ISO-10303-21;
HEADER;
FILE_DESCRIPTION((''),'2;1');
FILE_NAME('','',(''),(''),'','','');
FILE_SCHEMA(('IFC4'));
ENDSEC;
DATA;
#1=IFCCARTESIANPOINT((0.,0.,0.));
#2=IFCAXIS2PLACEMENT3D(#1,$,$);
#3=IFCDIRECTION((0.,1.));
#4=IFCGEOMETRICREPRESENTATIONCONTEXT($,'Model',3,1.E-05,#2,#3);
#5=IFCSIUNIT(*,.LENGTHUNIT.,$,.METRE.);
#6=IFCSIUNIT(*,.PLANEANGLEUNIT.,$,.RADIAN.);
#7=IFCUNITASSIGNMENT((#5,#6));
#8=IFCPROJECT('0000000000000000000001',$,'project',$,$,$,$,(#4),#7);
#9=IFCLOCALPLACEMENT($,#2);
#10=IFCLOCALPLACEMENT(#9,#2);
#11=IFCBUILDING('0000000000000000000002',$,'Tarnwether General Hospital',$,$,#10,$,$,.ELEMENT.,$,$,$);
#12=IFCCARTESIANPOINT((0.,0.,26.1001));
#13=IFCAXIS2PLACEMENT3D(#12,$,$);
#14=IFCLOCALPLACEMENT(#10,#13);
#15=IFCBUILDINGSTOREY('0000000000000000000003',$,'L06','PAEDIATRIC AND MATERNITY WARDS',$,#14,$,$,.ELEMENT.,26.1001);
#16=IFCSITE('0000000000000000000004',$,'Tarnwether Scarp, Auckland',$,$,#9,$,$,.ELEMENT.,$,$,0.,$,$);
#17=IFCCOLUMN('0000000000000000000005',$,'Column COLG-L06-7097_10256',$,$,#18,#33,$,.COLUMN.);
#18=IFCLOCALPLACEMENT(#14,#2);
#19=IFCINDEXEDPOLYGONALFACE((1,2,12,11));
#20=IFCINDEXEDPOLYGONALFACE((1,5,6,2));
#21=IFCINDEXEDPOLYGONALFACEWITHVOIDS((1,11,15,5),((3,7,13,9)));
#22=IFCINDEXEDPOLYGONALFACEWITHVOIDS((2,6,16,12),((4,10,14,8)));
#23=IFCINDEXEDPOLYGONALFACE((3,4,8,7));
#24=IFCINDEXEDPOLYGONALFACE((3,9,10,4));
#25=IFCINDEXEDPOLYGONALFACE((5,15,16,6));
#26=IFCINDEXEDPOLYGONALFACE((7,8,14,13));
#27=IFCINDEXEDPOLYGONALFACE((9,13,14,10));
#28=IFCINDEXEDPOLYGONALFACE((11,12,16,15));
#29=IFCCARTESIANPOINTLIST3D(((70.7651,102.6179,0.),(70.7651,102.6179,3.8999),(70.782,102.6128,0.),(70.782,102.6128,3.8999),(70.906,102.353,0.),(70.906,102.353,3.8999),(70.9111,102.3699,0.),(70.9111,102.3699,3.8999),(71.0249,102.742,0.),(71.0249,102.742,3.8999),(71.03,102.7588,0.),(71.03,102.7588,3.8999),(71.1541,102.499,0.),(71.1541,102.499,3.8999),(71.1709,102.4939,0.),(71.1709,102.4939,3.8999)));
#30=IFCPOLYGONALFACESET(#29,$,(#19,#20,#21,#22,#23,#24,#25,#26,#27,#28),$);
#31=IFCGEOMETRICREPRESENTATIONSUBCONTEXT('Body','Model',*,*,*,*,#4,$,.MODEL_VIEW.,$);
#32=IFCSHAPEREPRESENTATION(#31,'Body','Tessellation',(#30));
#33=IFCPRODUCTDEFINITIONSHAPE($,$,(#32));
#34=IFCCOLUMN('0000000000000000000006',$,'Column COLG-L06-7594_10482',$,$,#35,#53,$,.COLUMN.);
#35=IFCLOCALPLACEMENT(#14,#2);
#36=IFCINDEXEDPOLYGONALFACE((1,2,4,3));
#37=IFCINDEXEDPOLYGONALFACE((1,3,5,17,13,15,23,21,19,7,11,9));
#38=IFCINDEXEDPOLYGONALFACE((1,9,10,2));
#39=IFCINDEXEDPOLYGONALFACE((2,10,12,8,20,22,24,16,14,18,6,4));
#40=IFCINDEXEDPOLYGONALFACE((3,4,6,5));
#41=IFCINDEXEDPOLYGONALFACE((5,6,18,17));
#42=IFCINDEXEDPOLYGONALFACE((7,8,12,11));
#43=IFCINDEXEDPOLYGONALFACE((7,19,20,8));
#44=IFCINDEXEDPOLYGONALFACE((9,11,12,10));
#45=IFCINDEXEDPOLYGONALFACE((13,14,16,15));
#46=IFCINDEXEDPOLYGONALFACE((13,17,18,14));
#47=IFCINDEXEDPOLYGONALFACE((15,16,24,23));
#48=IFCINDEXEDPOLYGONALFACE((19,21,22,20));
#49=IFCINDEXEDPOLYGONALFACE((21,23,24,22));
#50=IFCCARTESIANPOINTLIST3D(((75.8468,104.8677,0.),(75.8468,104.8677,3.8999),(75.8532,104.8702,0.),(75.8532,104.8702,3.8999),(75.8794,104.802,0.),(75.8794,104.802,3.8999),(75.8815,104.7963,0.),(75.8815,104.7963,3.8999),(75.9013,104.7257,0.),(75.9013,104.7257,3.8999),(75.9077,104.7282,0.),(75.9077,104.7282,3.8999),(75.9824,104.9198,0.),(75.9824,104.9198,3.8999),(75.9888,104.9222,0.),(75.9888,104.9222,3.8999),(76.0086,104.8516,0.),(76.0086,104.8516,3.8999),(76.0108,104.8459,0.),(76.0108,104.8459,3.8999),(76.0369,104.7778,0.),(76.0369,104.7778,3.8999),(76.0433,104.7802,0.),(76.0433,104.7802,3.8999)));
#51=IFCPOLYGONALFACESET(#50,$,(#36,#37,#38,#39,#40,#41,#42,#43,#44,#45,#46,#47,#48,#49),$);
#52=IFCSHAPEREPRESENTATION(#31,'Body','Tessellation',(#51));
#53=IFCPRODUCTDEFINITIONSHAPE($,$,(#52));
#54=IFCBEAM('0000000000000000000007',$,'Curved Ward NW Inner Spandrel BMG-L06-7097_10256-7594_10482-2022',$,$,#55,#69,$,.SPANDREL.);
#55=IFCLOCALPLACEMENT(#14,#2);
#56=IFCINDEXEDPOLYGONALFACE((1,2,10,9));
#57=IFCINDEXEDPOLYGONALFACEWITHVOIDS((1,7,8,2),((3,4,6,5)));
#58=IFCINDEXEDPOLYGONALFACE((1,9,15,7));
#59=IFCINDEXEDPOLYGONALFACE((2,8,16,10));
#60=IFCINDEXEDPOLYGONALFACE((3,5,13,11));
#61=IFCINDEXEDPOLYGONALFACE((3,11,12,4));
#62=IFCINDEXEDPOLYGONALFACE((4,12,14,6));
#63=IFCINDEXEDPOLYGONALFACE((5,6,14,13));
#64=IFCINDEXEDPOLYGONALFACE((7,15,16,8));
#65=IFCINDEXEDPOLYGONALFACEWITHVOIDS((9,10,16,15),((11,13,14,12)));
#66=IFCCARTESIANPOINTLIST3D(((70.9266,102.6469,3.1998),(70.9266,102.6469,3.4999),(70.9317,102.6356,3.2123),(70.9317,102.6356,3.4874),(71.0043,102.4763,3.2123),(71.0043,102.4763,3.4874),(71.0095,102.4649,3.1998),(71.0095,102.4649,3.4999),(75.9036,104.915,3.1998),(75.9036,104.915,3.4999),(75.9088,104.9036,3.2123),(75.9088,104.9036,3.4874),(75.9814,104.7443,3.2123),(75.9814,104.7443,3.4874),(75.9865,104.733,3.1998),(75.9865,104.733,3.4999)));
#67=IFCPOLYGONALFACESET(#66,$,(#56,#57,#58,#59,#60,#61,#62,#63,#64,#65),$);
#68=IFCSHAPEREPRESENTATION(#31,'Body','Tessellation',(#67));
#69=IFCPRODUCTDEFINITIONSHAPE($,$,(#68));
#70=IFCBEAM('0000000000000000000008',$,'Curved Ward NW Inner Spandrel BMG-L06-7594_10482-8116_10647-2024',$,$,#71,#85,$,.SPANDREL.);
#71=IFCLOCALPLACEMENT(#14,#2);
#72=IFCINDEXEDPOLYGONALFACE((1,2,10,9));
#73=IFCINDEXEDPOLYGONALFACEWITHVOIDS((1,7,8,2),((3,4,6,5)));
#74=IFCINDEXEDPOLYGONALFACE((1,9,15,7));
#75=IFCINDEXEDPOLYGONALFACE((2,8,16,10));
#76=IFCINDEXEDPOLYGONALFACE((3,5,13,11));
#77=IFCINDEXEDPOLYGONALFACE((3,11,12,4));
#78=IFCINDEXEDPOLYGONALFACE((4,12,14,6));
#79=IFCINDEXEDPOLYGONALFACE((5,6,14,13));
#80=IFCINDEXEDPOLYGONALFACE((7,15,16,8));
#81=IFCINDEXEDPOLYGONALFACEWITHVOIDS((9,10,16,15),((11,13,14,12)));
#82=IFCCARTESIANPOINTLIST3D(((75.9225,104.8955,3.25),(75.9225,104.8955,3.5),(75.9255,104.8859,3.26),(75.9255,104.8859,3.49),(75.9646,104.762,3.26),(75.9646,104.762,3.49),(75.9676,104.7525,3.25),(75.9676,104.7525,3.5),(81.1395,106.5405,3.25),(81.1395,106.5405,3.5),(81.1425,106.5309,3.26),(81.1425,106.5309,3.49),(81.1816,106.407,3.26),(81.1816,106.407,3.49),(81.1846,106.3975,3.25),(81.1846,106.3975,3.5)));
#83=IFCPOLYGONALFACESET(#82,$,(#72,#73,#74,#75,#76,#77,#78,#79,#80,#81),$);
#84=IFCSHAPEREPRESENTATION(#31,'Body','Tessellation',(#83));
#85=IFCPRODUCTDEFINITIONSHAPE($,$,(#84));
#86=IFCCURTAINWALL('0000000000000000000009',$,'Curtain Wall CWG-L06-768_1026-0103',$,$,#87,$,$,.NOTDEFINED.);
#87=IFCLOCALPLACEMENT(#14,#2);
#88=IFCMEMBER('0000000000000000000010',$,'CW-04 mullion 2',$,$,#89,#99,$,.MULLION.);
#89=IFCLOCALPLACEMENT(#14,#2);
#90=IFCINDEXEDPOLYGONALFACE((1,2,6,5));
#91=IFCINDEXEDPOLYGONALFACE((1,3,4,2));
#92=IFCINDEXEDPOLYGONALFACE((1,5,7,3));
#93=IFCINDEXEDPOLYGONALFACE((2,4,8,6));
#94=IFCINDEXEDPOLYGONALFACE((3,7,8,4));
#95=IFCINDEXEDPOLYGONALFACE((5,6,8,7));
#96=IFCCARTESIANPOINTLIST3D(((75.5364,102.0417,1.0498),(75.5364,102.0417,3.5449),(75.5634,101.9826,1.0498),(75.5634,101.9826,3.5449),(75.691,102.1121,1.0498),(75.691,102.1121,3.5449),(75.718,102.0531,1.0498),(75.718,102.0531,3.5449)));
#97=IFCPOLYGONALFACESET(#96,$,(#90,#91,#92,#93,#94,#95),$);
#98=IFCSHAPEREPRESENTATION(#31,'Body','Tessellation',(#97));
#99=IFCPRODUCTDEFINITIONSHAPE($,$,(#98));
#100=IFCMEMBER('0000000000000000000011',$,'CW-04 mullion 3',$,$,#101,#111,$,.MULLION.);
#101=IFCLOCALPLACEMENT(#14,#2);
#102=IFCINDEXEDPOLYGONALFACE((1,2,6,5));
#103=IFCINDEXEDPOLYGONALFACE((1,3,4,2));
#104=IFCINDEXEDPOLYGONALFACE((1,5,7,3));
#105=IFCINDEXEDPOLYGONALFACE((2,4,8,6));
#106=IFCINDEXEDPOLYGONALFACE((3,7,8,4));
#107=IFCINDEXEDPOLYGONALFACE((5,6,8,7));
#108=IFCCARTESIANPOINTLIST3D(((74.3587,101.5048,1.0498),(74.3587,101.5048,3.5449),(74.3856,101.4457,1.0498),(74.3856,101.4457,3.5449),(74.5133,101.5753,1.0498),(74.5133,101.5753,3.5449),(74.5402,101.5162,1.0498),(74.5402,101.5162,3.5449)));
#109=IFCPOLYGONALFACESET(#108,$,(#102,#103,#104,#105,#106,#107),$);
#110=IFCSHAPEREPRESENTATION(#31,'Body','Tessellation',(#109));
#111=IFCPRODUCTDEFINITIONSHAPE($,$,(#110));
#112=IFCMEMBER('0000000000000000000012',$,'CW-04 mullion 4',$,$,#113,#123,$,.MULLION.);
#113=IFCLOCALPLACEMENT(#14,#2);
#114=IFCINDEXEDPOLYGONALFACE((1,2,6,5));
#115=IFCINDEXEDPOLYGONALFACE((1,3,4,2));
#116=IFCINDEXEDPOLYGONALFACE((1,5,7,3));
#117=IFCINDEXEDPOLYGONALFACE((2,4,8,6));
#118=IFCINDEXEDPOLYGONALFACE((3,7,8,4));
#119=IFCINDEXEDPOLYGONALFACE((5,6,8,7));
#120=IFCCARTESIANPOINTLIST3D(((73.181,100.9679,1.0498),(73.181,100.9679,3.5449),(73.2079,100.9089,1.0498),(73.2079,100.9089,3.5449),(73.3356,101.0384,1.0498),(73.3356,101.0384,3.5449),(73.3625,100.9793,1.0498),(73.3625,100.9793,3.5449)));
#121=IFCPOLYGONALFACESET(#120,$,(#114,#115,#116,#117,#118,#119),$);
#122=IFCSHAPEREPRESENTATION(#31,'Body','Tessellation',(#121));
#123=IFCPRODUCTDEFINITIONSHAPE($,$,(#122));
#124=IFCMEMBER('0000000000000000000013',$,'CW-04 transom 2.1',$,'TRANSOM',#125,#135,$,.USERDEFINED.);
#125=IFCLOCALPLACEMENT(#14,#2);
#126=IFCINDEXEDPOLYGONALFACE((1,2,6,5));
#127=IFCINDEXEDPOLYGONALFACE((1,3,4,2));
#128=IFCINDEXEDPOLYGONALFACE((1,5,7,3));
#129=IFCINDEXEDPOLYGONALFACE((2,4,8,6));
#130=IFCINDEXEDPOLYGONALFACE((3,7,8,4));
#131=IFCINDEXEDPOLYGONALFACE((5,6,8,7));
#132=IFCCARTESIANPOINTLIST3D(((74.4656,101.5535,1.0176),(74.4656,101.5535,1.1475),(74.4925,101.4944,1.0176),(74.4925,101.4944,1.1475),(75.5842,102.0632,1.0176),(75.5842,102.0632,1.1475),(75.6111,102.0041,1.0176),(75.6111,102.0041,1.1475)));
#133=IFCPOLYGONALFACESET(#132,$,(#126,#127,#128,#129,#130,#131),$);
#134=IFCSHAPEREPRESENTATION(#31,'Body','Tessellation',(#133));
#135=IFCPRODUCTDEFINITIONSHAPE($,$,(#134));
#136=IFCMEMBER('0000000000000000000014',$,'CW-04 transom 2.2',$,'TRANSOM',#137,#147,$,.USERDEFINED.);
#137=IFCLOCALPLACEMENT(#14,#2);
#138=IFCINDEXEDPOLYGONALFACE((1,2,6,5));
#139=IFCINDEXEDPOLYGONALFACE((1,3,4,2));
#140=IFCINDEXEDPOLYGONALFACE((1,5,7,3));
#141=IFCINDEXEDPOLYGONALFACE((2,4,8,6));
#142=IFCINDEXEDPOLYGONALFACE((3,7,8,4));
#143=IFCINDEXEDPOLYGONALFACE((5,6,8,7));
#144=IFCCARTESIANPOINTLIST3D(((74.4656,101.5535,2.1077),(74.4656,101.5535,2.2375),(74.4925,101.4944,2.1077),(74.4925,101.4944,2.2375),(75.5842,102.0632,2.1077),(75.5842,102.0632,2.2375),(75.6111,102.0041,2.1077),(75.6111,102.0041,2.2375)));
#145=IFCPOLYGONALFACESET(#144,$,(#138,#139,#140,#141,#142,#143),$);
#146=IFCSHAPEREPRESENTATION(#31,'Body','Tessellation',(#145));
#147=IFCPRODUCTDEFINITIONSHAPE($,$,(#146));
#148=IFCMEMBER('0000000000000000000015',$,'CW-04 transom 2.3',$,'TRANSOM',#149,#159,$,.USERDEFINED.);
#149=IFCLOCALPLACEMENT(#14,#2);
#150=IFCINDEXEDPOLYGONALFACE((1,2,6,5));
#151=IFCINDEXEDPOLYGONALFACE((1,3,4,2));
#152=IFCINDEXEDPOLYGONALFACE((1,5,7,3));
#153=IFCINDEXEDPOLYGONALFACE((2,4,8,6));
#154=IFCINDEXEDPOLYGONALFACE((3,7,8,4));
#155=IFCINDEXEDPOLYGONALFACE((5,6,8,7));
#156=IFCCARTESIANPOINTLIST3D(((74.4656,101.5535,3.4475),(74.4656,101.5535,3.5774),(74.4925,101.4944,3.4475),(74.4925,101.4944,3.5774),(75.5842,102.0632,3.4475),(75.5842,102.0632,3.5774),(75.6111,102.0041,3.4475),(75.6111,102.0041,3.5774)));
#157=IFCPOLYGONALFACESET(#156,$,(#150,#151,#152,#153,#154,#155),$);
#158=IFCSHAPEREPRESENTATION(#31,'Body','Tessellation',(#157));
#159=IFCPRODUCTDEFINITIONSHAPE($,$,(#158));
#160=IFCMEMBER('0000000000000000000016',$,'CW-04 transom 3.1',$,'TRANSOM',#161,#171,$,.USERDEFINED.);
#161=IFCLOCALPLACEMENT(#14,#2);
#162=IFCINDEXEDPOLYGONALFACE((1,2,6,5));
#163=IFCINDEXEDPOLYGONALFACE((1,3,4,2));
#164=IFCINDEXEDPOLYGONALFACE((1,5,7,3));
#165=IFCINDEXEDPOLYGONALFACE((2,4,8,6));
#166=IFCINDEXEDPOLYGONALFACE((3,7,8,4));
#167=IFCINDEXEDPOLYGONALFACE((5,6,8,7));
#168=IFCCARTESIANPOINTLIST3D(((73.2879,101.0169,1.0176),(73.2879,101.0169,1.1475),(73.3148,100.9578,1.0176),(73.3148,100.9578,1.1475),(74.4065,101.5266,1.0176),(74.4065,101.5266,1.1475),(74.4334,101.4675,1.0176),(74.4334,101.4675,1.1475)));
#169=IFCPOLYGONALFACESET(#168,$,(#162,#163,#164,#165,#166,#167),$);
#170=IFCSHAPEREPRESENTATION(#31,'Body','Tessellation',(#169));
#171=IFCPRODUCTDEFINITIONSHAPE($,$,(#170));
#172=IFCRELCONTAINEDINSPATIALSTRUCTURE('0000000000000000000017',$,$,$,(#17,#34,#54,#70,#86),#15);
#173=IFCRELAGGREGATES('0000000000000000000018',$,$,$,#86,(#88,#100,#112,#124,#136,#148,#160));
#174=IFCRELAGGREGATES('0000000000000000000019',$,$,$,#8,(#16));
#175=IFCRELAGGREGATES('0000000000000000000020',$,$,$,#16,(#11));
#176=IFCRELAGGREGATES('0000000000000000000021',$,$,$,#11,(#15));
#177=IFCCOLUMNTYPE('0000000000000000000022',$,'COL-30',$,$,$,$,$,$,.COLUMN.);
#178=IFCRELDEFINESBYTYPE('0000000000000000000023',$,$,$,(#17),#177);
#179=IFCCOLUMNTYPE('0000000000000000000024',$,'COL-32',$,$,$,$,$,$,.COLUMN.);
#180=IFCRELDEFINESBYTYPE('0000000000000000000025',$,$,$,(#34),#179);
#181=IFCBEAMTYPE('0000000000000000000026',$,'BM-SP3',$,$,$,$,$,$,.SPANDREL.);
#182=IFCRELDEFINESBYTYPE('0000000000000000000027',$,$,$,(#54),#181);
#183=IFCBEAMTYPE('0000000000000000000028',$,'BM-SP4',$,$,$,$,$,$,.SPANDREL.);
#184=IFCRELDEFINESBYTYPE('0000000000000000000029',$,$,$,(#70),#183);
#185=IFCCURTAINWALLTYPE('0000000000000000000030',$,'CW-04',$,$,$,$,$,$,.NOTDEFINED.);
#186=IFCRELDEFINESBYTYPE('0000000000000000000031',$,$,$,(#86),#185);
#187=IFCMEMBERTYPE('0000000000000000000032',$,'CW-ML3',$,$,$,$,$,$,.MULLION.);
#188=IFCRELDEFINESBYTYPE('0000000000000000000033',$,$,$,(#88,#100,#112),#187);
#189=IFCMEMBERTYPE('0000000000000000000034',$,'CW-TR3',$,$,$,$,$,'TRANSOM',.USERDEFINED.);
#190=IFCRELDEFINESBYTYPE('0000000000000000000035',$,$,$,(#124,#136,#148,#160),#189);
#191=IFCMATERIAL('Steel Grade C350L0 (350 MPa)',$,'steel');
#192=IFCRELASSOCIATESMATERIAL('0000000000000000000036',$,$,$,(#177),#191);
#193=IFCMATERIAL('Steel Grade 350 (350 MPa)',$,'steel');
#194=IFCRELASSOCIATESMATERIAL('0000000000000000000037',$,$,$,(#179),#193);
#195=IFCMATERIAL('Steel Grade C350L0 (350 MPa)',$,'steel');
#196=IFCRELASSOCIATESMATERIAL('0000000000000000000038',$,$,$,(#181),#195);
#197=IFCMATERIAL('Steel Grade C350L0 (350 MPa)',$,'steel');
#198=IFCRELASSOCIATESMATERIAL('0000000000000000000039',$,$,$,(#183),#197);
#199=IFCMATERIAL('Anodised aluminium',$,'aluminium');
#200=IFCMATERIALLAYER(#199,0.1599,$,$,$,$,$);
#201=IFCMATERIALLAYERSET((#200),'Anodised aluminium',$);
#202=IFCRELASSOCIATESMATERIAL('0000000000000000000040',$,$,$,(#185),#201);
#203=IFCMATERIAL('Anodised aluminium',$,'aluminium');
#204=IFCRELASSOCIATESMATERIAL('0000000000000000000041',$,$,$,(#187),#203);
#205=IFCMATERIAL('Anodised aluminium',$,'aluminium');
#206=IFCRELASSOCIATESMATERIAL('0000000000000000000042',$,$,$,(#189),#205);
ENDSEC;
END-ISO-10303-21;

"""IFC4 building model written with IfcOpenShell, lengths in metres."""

from ifc_helpers import new_model, si_unit, direction, frame, origin, origin_2d, place, context, subcontext, project, spatial, rectangle, hollow_rectangle, i_section, extrude, material, layer, layer_set, material_profile, profile_set, type_object, element, aggregate, save


model = new_model("IFC4")

# Units and contexts
model_context = context("Model", 3, precision=1e-05, world=origin(), true_north=direction((0.0, 1.0)))
body_context = subcontext(model_context, "Body", "Model", "MODEL_VIEW")
ifc_project = project(units=[si_unit("LENGTHUNIT", "METRE"), si_unit("PLANEANGLEUNIT", "RADIAN")], contexts=[model_context])

# Site, building, storey
site_placement = place(None, origin())
site = spatial("IfcSite", under=ifc_project, at=site_placement, Name="Tarnwether Scarp, Auckland", CompositionType="ELEMENT", RefElevation=0.0)
building_placement = place(site_placement, origin())
building = spatial("IfcBuilding", under=site, at=building_placement, Name="Tarnwether General Hospital", CompositionType="ELEMENT")
storey_placement = place(building_placement, frame((0.0, 0.0, 26.1001)))
storey = spatial("IfcBuildingStorey", under=building, at=storey_placement, Name="L06", Description="PAEDIATRIC AND MATERNITY WARDS", CompositionType="ELEMENT", Elevation=26.1001)

# Columns
ifc_material_1 = material(Name="Steel Grade C350L0 (350 MPa)", Category="steel")
ifc_material_profile_1 = material_profile(ifc_material_1, hollow_rectangle(XDim=0.3, YDim=0.3, WallThickness=0.0125, at=origin_2d()), Name="SHS300x300x12.5")
ifc_profile_set_1 = profile_set([ifc_material_profile_1], Name="Steel Grade C350L0 (350 MPa)")
column_type_1 = type_object("IfcColumnType", Name="COL-30", PredefinedType="COLUMN", material=ifc_profile_set_1)
column_1_placement = place(storey_placement, frame((70.968, 102.5559, 0.0), z_axis=(0.0, 0.0, 1.0), x_axis=(-0.469472, 0.882948, 0.0)))
element("IfcColumn", 1, at=column_1_placement, inside=storey, type_object=column_type_1, Name="Column COLG-L06-7097_10256", PredefinedType="COLUMN", context=body_context, shape_type="SweptSolid", body=[
    extrude(hollow_rectangle(XDim=0.3, YDim=0.3, WallThickness=0.0125, at=origin_2d()), origin(), (0.0, 0.0, 1.0), 3.8999),
])
ifc_material_2 = material(Name="Steel Grade 350 (350 MPa)", Category="steel")
ifc_material_profile_2 = material_profile(ifc_material_2, i_section(OverallWidth=0.1521, OverallDepth=0.1521, WebThickness=0.0061, FlangeThickness=0.0068, at=origin_2d()), Name="150UC23.4")
ifc_profile_set_2 = profile_set([ifc_material_profile_2], Name="Steel Grade 350 (350 MPa)")
column_type_2 = type_object("IfcColumnType", Name="COL-32", PredefinedType="COLUMN", material=ifc_profile_set_2)
column_2_placement = place(storey_placement, frame((75.9451, 104.824, 0.0), z_axis=(0.0, 0.0, 1.0), x_axis=(-0.358368, 0.93358, 0.0)))
element("IfcColumn", 2, at=column_2_placement, inside=storey, type_object=column_type_2, Name="Column COLG-L06-7594_10482", PredefinedType="COLUMN", context=body_context, shape_type="SweptSolid", body=[
    extrude(i_section(OverallWidth=0.1521, OverallDepth=0.1521, WebThickness=0.0061, FlangeThickness=0.0068, at=origin_2d()), origin(), (0.0, 0.0, 1.0), 3.8999),
])

# Beams
ifc_material_3 = material(Name="Steel Grade C350L0 (350 MPa)", Category="steel")
ifc_material_profile_3 = material_profile(ifc_material_3, hollow_rectangle(XDim=0.2, YDim=0.3, WallThickness=0.0125, at=origin_2d()), Name="RHS300x200x12.5")
ifc_profile_set_3 = profile_set([ifc_material_profile_3], Name="Steel Grade C350L0 (350 MPa)")
beam_type_1 = type_object("IfcBeamType", Name="BM-SP3", PredefinedType="SPANDREL", material=ifc_profile_set_3)
beam_1_placement = place(storey_placement, frame((70.968, 102.5559, 3.3499), z_axis=(0.909969, 0.414677, 0.0), x_axis=(-0.414677, 0.909969, 0.0)))
element("IfcBeam", 3, at=beam_1_placement, inside=storey, type_object=beam_type_1, Name="Curved Ward NW Inner Spandrel BMG-L06-7097_10256-7594_10482-2022", PredefinedType="SPANDREL", context=body_context, shape_type="SweptSolid", body=[
    extrude(hollow_rectangle(XDim=0.2, YDim=0.3, WallThickness=0.0125, at=origin_2d()), origin(), (0.0, 0.0, 1.0), 5.4695),
])
ifc_material_4 = material(Name="Steel Grade C350L0 (350 MPa)", Category="steel")
ifc_material_profile_4 = material_profile(ifc_material_4, hollow_rectangle(XDim=0.1499, YDim=0.25, WallThickness=0.01, at=origin_2d()), Name="RHS250x150x10")
ifc_profile_set_4 = profile_set([ifc_material_profile_4], Name="Steel Grade C350L0 (350 MPa)")
beam_type_2 = type_object("IfcBeamType", Name="BM-SP4", PredefinedType="SPANDREL", material=ifc_profile_set_4)
beam_2_placement = place(storey_placement, frame((75.9451, 104.824, 3.375), z_axis=(0.953712, 0.300721, 0.0), x_axis=(-0.300721, 0.953712, 0.0)))
element("IfcBeam", 4, at=beam_2_placement, inside=storey, type_object=beam_type_2, Name="Curved Ward NW Inner Spandrel BMG-L06-7594_10482-8116_10647-2024", PredefinedType="SPANDREL", context=body_context, shape_type="SweptSolid", body=[
    extrude(hollow_rectangle(XDim=0.1499, YDim=0.25, WallThickness=0.01, at=origin_2d()), origin(), (0.0, 0.0, 1.0), 5.4702),
])

# Curtain wall, members
ifc_material_5 = material(Name="Anodised aluminium", Category="aluminium")
ifc_layer_1 = layer(ifc_material_5, 0.1599)
ifc_layer_set_1 = layer_set([ifc_layer_1], Name="Anodised aluminium")
curtain_wall_type = type_object("IfcCurtainWallType", Name="CW-04", PredefinedType="NOTDEFINED", material=ifc_layer_set_1)
curtain_wall_placement = place(storey_placement, origin())
curtain_wall = element("IfcCurtainWall", 5, at=curtain_wall_placement, inside=storey, type_object=curtain_wall_type, Name="Curtain Wall CWG-L06-768_1026-0103", PredefinedType="NOTDEFINED")
ifc_material_6 = material(Name="Anodised aluminium", Category="aluminium")
ifc_material_profile_5 = material_profile(ifc_material_6, rectangle(XDim=0.0649, YDim=0.1699, at=origin_2d()), Name="ALU-MUL-65x170")
ifc_profile_set_5 = profile_set([ifc_material_profile_5], Name="Anodised aluminium")
member_type_1 = type_object("IfcMemberType", Name="CW-ML3", PredefinedType="MULLION", material=ifc_profile_set_5)
member_1_placement = place(storey_placement, frame((75.6272, 102.0474, 1.0498), z_axis=(0.0, 0.0, 1.0), x_axis=(0.414705, -0.909956, 0.0)))
member_1 = element("IfcMember", 6, at=member_1_placement, type_object=member_type_1, Name="CW-04 mullion 2", PredefinedType="MULLION", context=body_context, shape_type="SweptSolid", body=[
    extrude(rectangle(XDim=0.0649, YDim=0.1699, at=origin_2d()), origin(), (0.0, 0.0, 1.0), 2.4951),
])
member_2_placement = place(storey_placement, frame((74.4495, 101.5105, 1.0498), z_axis=(0.0, 0.0, 1.0), x_axis=(0.414705, -0.909956, 0.0)))
member_2 = element("IfcMember", 7, at=member_2_placement, type_object=member_type_1, Name="CW-04 mullion 3", PredefinedType="MULLION", context=body_context, shape_type="SweptSolid", body=[
    extrude(rectangle(XDim=0.0649, YDim=0.1699, at=origin_2d()), origin(), (0.0, 0.0, 1.0), 2.4951),
])
member_3_placement = place(storey_placement, frame((73.2717, 100.9736, 1.0498), z_axis=(0.0, 0.0, 1.0), x_axis=(0.414705, -0.909956, 0.0)))
member_3 = element("IfcMember", 8, at=member_3_placement, type_object=member_type_1, Name="CW-04 mullion 4", PredefinedType="MULLION", context=body_context, shape_type="SweptSolid", body=[
    extrude(rectangle(XDim=0.0649, YDim=0.1699, at=origin_2d()), origin(), (0.0, 0.0, 1.0), 2.4951),
])
ifc_material_7 = material(Name="Anodised aluminium", Category="aluminium")
ifc_material_profile_6 = material_profile(ifc_material_7, rectangle(XDim=0.0649, YDim=0.1299, at=origin_2d()), Name="ALU-TRN-65x130")
ifc_profile_set_6 = profile_set([ifc_material_profile_6], Name="Anodised aluminium")
member_type_2 = type_object("IfcMemberType", Name="CW-TR3", ElementType="TRANSOM", PredefinedType="USERDEFINED", material=ifc_profile_set_6)
member_4_placement = place(storey_placement, frame((75.5977, 102.0337, 1.0825), z_axis=(-0.909972, -0.414671, 0.0), x_axis=(0.414671, -0.909972, 0.0)))
member_4 = element("IfcMember", 9, at=member_4_placement, type_object=member_type_2, Name="CW-04 transom 2.1", ObjectType="TRANSOM", PredefinedType="USERDEFINED", context=body_context, shape_type="SweptSolid", body=[
    extrude(rectangle(XDim=0.0649, YDim=0.1299, at=origin_2d()), origin(), (0.0, 0.0, 1.0), 1.2292),
])
member_5_placement = place(storey_placement, frame((75.5977, 102.0337, 2.1726), z_axis=(-0.909972, -0.414671, 0.0), x_axis=(0.414671, -0.909972, 0.0)))
member_5 = element("IfcMember", 10, at=member_5_placement, type_object=member_type_2, Name="CW-04 transom 2.2", ObjectType="TRANSOM", PredefinedType="USERDEFINED", context=body_context, shape_type="SweptSolid", body=[
    extrude(rectangle(XDim=0.0649, YDim=0.1299, at=origin_2d()), origin(), (0.0, 0.0, 1.0), 1.2292),
])
member_6_placement = place(storey_placement, frame((75.5977, 102.0337, 3.5125), z_axis=(-0.909972, -0.414671, 0.0), x_axis=(0.414671, -0.909972, 0.0)))
member_6 = element("IfcMember", 11, at=member_6_placement, type_object=member_type_2, Name="CW-04 transom 2.3", ObjectType="TRANSOM", PredefinedType="USERDEFINED", context=body_context, shape_type="SweptSolid", body=[
    extrude(rectangle(XDim=0.0649, YDim=0.1299, at=origin_2d()), origin(), (0.0, 0.0, 1.0), 1.2292),
])
member_7_placement = place(storey_placement, frame((74.4199, 101.4971, 1.0825), z_axis=(-0.909972, -0.414671, 0.0), x_axis=(0.414671, -0.909972, 0.0)))
member_7 = element("IfcMember", 12, at=member_7_placement, type_object=member_type_2, Name="CW-04 transom 3.1", ObjectType="TRANSOM", PredefinedType="USERDEFINED", context=body_context, shape_type="SweptSolid", body=[
    extrude(rectangle(XDim=0.0649, YDim=0.1299, at=origin_2d()), origin(), (0.0, 0.0, 1.0), 1.2292),
])
aggregate(curtain_wall, [member_1, member_2, member_3, member_4, member_5, member_6, member_7])

save(model, "model.ifc")
